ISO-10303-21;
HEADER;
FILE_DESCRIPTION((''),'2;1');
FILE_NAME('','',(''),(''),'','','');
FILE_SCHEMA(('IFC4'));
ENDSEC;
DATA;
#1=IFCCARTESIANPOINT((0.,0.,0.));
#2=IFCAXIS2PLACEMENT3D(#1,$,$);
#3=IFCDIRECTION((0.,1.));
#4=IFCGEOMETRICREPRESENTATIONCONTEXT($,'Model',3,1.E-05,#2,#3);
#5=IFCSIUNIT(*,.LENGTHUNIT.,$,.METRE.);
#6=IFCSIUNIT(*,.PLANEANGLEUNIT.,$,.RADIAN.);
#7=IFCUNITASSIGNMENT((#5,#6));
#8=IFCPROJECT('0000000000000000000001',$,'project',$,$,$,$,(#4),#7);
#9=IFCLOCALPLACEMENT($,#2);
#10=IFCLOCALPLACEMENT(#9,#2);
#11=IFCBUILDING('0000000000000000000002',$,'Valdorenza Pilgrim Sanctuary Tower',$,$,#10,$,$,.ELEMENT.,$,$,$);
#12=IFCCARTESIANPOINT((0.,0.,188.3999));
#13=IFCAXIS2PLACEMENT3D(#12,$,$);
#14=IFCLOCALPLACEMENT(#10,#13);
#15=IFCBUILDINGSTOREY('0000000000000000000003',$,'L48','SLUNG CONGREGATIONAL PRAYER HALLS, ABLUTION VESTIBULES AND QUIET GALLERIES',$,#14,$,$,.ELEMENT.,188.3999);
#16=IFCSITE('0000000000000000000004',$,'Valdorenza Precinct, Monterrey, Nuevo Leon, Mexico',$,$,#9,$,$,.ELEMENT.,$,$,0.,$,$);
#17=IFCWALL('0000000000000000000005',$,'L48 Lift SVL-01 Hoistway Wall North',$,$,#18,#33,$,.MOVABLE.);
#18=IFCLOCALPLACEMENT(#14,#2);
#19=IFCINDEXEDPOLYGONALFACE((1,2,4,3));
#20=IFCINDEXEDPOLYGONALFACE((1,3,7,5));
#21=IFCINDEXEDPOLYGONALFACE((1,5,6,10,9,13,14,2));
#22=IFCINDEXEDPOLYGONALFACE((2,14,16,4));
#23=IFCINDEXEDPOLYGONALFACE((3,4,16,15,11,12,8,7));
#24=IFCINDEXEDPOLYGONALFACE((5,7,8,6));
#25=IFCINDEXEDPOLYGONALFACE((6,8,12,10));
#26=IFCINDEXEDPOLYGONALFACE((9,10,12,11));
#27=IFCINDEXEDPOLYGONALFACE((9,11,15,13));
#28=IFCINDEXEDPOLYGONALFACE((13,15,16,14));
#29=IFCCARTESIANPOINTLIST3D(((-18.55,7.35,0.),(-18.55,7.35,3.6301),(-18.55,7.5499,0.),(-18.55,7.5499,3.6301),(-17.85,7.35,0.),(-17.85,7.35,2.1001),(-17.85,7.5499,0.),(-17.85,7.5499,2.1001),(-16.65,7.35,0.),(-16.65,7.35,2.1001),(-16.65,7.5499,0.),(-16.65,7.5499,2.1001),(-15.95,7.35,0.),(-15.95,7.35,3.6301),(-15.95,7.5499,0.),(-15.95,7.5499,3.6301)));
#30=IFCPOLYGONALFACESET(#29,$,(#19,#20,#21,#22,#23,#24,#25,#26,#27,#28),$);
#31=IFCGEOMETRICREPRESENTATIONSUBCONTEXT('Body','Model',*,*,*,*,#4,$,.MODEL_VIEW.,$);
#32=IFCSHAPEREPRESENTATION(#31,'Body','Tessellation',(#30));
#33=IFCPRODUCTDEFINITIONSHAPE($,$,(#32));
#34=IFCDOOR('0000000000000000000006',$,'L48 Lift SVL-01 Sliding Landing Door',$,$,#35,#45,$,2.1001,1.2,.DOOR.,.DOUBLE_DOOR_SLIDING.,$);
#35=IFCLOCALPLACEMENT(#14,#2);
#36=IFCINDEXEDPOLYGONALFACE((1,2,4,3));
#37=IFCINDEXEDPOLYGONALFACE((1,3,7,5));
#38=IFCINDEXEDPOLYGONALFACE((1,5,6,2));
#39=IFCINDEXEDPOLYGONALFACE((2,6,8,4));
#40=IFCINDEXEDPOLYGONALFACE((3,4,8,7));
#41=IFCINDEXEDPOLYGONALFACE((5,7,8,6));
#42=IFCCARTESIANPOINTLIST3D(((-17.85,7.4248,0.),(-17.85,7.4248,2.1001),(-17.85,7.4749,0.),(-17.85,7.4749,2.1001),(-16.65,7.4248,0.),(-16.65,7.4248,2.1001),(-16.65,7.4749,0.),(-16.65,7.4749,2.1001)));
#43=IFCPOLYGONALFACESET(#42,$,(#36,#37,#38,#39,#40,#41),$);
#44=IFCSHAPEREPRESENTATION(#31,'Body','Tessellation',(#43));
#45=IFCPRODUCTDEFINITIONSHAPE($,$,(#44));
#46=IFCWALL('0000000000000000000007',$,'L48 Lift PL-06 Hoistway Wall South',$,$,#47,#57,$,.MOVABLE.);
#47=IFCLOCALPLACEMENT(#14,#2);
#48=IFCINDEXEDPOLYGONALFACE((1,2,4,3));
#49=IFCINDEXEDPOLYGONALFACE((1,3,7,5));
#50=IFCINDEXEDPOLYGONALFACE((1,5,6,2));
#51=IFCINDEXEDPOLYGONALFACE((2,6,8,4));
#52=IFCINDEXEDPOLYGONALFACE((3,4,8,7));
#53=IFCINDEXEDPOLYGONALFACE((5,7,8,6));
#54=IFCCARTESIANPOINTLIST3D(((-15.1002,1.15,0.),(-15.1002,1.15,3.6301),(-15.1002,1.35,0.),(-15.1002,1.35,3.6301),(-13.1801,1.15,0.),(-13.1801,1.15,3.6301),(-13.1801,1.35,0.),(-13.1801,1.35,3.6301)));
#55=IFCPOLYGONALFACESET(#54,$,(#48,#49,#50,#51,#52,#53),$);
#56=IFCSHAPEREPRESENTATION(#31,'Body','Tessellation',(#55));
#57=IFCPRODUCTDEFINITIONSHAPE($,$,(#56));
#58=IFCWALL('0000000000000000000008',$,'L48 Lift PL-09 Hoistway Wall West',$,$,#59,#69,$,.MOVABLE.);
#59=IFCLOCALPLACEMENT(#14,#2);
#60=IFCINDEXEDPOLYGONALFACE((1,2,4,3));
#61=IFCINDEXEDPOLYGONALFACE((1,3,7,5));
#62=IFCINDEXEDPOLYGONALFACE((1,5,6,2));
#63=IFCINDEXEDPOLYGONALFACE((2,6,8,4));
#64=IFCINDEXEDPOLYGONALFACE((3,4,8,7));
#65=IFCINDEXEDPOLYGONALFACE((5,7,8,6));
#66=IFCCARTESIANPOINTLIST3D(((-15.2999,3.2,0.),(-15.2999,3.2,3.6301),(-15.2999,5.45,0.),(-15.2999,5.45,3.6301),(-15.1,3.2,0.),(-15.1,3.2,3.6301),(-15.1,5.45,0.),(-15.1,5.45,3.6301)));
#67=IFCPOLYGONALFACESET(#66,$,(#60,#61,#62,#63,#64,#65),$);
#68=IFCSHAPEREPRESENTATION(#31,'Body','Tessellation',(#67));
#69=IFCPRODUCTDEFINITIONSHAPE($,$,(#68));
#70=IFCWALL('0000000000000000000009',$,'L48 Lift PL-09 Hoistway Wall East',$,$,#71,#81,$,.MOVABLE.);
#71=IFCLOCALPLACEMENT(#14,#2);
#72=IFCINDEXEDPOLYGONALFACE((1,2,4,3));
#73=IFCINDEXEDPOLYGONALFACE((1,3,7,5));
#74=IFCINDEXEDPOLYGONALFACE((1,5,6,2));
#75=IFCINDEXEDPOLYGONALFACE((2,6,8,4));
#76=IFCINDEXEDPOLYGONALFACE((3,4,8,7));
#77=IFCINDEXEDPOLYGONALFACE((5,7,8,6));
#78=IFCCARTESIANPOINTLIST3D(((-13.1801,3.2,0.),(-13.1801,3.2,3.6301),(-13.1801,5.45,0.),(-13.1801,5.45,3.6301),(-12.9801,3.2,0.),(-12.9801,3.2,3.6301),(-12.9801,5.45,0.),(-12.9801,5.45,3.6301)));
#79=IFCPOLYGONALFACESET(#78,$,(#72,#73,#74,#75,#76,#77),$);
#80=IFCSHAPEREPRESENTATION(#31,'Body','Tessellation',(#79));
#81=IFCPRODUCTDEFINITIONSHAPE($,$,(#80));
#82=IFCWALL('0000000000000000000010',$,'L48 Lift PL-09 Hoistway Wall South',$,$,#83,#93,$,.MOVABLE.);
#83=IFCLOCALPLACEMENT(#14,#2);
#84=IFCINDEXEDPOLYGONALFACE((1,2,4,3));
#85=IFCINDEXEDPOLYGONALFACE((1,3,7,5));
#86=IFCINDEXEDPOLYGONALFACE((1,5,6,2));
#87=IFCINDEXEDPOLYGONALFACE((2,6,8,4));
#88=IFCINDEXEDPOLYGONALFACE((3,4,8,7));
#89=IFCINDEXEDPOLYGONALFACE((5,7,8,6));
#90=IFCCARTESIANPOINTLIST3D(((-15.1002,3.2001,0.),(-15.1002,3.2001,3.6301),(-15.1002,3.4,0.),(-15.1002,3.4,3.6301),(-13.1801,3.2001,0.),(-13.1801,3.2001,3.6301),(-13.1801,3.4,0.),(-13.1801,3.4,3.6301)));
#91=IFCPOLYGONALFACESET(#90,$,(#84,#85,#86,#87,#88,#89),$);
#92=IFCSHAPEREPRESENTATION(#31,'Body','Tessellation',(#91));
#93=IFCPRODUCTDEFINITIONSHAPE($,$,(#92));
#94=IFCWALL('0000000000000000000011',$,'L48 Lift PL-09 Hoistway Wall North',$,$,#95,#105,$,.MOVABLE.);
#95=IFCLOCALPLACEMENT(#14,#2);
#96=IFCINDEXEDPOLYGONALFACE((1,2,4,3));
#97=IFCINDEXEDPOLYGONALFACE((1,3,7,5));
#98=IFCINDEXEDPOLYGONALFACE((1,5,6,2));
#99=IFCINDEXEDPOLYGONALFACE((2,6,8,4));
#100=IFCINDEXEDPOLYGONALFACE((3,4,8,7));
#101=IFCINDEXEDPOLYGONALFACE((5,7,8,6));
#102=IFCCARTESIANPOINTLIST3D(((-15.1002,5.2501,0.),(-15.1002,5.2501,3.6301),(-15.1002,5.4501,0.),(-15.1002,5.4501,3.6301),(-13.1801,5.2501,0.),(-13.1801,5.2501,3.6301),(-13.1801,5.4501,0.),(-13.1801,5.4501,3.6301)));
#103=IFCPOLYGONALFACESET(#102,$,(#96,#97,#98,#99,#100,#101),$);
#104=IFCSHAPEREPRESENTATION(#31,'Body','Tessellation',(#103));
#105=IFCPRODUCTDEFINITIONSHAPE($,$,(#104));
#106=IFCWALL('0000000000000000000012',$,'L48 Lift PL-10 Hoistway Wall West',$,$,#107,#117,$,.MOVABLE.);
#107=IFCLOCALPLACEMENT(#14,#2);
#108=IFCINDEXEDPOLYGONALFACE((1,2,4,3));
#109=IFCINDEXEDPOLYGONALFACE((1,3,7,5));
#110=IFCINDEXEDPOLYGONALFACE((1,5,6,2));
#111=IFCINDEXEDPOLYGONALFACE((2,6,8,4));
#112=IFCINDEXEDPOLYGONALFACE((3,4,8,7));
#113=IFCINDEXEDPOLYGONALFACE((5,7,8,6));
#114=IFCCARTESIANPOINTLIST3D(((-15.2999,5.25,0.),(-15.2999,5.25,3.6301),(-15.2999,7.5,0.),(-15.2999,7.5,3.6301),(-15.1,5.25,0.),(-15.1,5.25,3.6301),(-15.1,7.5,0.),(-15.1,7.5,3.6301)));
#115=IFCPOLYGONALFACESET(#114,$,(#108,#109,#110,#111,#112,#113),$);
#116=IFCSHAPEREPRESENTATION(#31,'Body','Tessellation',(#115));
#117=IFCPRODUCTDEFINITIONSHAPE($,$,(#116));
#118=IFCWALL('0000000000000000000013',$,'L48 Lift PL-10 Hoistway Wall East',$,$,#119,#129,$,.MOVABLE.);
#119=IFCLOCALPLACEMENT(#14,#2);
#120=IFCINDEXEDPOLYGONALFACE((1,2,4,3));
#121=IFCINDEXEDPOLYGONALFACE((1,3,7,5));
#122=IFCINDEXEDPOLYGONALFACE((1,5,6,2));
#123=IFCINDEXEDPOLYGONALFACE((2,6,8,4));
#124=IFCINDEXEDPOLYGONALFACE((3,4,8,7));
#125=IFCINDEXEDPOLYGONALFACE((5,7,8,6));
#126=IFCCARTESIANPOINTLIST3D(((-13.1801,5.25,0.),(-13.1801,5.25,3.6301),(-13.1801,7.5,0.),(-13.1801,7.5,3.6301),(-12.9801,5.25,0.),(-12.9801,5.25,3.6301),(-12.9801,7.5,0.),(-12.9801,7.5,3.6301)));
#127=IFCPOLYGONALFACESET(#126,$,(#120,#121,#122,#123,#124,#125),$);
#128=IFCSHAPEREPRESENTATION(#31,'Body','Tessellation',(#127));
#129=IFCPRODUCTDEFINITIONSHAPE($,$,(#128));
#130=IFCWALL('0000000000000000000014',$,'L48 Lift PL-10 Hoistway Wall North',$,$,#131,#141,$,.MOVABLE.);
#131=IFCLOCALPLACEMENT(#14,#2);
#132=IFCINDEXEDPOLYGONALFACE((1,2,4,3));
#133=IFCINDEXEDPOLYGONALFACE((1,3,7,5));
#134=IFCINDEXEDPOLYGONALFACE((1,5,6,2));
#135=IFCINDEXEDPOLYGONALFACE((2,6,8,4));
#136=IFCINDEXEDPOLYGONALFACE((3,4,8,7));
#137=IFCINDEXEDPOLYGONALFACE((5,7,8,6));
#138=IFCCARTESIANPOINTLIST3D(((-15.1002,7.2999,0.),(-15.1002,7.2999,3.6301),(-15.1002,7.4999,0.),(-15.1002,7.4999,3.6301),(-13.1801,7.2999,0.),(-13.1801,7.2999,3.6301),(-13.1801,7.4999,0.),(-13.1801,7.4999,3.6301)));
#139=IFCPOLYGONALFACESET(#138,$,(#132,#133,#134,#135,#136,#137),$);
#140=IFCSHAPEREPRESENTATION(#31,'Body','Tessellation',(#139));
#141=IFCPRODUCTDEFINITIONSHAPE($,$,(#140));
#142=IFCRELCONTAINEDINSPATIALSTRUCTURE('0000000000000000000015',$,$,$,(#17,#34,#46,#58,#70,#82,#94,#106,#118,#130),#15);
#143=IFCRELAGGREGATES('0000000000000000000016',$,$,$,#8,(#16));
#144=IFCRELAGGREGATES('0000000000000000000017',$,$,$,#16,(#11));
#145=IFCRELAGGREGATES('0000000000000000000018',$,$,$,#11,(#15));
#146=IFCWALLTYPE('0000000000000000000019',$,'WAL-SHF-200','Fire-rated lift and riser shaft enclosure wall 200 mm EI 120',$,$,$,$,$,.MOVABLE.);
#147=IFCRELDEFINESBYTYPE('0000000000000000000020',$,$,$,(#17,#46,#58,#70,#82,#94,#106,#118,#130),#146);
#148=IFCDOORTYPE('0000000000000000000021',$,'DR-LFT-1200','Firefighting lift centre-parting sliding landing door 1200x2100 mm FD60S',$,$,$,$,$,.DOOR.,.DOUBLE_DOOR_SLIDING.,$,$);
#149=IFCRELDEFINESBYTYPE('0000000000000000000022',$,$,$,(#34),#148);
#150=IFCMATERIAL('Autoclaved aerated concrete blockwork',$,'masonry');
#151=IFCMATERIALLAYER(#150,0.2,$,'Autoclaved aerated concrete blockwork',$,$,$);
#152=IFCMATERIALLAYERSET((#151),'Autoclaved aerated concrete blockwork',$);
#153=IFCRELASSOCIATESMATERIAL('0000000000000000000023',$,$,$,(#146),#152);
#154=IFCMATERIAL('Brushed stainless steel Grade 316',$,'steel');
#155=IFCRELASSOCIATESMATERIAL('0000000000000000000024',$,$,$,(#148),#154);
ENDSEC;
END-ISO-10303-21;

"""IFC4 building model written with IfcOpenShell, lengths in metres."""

from ifc_helpers import new_model, si_unit, direction, frame, frame_2d, origin, place, context, subcontext, project, spatial, rectangle, extrude, material, layer, layer_set, type_object, element, fill, save


model = new_model("IFC4")

# Units and contexts
model_context = context("Model", 3, precision=1e-05, world=origin(), true_north=direction((0.0, 1.0)))
body_context = subcontext(model_context, "Body", "Model", "MODEL_VIEW")
ifc_project = project(units=[si_unit("LENGTHUNIT", "METRE"), si_unit("PLANEANGLEUNIT", "RADIAN")], contexts=[model_context])

# Site, building, storey
site_placement = place(None, origin())
site = spatial("IfcSite", under=ifc_project, at=site_placement, Name="Valdorenza Precinct, Monterrey, Nuevo Leon, Mexico", CompositionType="ELEMENT", RefElevation=0.0)
building_placement = place(site_placement, origin())
building = spatial("IfcBuilding", under=site, at=building_placement, Name="Valdorenza Pilgrim Sanctuary Tower", CompositionType="ELEMENT")
storey_placement = place(building_placement, frame((0.0, 0.0, 188.3999)))
storey = spatial("IfcBuildingStorey", under=building, at=storey_placement, Name="L48", Description="SLUNG CONGREGATIONAL PRAYER HALLS, ABLUTION VESTIBULES AND QUIET GALLERIES", CompositionType="ELEMENT", Elevation=188.3999)

# Shared definitions
ifc_material_1 = material(Name="Autoclaved aerated concrete blockwork", Category="masonry")
ifc_layer_1 = layer(ifc_material_1, 0.2, Name="Autoclaved aerated concrete blockwork")
ifc_layer_set_1 = layer_set([ifc_layer_1], Name="Autoclaved aerated concrete blockwork")
wall_type_1 = type_object("IfcWallType", Name="WAL-SHF-200", Description="Fire-rated lift and riser shaft enclosure wall 200 mm EI 120", PredefinedType="MOVABLE", material=ifc_layer_set_1)

# Wall, opening, door
wall_1_placement = place(storey_placement, frame((-18.55, 7.45, 0.0), z_axis=(0.0, 0.0, 1.0), x_axis=(1.0, 0.0, 0.0)))
wall_1 = element("IfcWall", 1, at=wall_1_placement, inside=storey, type_object=wall_type_1, Name="L48 Lift SVL-01 Hoistway Wall North", PredefinedType="MOVABLE", context=body_context, shape_type="SweptSolid", body=[
    extrude(rectangle(XDim=2.6001, YDim=0.2, at=frame_2d((1.3, 0.0))), origin(), (0.0, 0.0, 1.0), 3.6301),
])
opening_placement = place(wall_1_placement, frame((0.7, 0.0, 0.0)))
opening = element("IfcOpeningElement", 2, at=opening_placement, cuts=wall_1, PredefinedType="OPENING", context=body_context, shape_type="SweptSolid", body=[
    extrude(rectangle(XDim=1.2, YDim=2.1001, at=frame_2d((0.6001, 1.05))), frame((0.0, 0.1147, 0.0), z_axis=(0.0, -1.0, 0.0), x_axis=(1.0, 0.0, 0.0)), (0.0, 0.0, 1.0), 0.2297),
])
ifc_material_2 = material(Name="Brushed stainless steel Grade 316", Category="steel")
door_type = type_object("IfcDoorType", Name="DR-LFT-1200", Description="Firefighting lift centre-parting sliding landing door 1200x2100 mm FD60S", OperationType="DOUBLE_DOOR_SLIDING", PredefinedType="DOOR", material=ifc_material_2)
door_placement = place(opening_placement, origin())
door = element("IfcDoor", 3, at=door_placement, inside=storey, type_object=door_type, Name="L48 Lift SVL-01 Sliding Landing Door", OperationType="DOUBLE_DOOR_SLIDING", OverallHeight=2.1001, OverallWidth=1.2, PredefinedType="DOOR", context=body_context, shape_type="SweptSolid", body=[
    extrude(rectangle(XDim=1.2, YDim=2.1001, at=frame_2d((0.6001, 1.05))), frame((0.0, 0.0249, 0.0), z_axis=(0.0, -1.0, 0.0), x_axis=(1.0, 0.0, 0.0)), (0.0, 0.0, 1.0), 0.05),
])
fill(opening, door)

# Walls
wall_2_placement = place(storey_placement, frame((-15.1001, 1.25, 0.0), z_axis=(0.0, 0.0, 1.0), x_axis=(1.0, 0.0, 0.0)))
element("IfcWall", 4, at=wall_2_placement, inside=storey, type_object=wall_type_1, Name="L48 Lift PL-06 Hoistway Wall South", PredefinedType="MOVABLE", context=body_context, shape_type="SweptSolid", body=[
    extrude(rectangle(XDim=1.9202, YDim=0.2, at=frame_2d((0.96, 0.0))), origin(), (0.0, 0.0, 1.0), 3.6301),
])
for number, where, z_axis, x_axis, name in (
    (5, (-15.2, 3.2, 0.0), (0.0, 0.0, 1.0), (0.0, 1.0, 0.0), "L48 Lift PL-09 Hoistway Wall West"),
    (6, (-13.0801, 3.2, 0.0), (0.0, 0.0, 1.0), (0.0, 1.0, 0.0), "L48 Lift PL-09 Hoistway Wall East"),
):
    element("IfcWall", number, at=place(storey_placement, frame(where, z_axis=z_axis, x_axis=x_axis)), inside=storey, type_object=wall_type_1, Name=name, PredefinedType="MOVABLE", context=body_context, shape_type="SweptSolid", body=[
        extrude(rectangle(XDim=2.25, YDim=0.2, at=frame_2d((1.125, 0.0))), origin(), (0.0, 0.0, 1.0), 3.6301),
    ])
for number, where, z_axis, x_axis, name in (
    (7, (-15.1001, 3.3, 0.0), (0.0, 0.0, 1.0), (1.0, 0.0, 0.0), "L48 Lift PL-09 Hoistway Wall South"),
    (8, (-15.1001, 5.3501, 0.0), (0.0, 0.0, 1.0), (1.0, 0.0, 0.0), "L48 Lift PL-09 Hoistway Wall North"),
):
    element("IfcWall", number, at=place(storey_placement, frame(where, z_axis=z_axis, x_axis=x_axis)), inside=storey, type_object=wall_type_1, Name=name, PredefinedType="MOVABLE", context=body_context, shape_type="SweptSolid", body=[
        extrude(rectangle(XDim=1.9202, YDim=0.2, at=frame_2d((0.96, 0.0))), origin(), (0.0, 0.0, 1.0), 3.6301),
    ])
for number, where, z_axis, x_axis, name in (
    (9, (-15.2, 5.25, 0.0), (0.0, 0.0, 1.0), (0.0, 1.0, 0.0), "L48 Lift PL-10 Hoistway Wall West"),
    (10, (-13.0801, 5.25, 0.0), (0.0, 0.0, 1.0), (0.0, 1.0, 0.0), "L48 Lift PL-10 Hoistway Wall East"),
):
    element("IfcWall", number, at=place(storey_placement, frame(where, z_axis=z_axis, x_axis=x_axis)), inside=storey, type_object=wall_type_1, Name=name, PredefinedType="MOVABLE", context=body_context, shape_type="SweptSolid", body=[
        extrude(rectangle(XDim=2.25, YDim=0.2, at=frame_2d((1.125, 0.0))), origin(), (0.0, 0.0, 1.0), 3.6301),
    ])
wall_3_placement = place(storey_placement, frame((-15.1001, 7.3999, 0.0), z_axis=(0.0, 0.0, 1.0), x_axis=(1.0, 0.0, 0.0)))
element("IfcWall", 11, at=wall_3_placement, inside=storey, type_object=wall_type_1, Name="L48 Lift PL-10 Hoistway Wall North", PredefinedType="MOVABLE", context=body_context, shape_type="SweptSolid", body=[
    extrude(rectangle(XDim=1.9202, YDim=0.2, at=frame_2d((0.96, 0.0))), origin(), (0.0, 0.0, 1.0), 3.6301),
])

save(model, "model.ifc")
